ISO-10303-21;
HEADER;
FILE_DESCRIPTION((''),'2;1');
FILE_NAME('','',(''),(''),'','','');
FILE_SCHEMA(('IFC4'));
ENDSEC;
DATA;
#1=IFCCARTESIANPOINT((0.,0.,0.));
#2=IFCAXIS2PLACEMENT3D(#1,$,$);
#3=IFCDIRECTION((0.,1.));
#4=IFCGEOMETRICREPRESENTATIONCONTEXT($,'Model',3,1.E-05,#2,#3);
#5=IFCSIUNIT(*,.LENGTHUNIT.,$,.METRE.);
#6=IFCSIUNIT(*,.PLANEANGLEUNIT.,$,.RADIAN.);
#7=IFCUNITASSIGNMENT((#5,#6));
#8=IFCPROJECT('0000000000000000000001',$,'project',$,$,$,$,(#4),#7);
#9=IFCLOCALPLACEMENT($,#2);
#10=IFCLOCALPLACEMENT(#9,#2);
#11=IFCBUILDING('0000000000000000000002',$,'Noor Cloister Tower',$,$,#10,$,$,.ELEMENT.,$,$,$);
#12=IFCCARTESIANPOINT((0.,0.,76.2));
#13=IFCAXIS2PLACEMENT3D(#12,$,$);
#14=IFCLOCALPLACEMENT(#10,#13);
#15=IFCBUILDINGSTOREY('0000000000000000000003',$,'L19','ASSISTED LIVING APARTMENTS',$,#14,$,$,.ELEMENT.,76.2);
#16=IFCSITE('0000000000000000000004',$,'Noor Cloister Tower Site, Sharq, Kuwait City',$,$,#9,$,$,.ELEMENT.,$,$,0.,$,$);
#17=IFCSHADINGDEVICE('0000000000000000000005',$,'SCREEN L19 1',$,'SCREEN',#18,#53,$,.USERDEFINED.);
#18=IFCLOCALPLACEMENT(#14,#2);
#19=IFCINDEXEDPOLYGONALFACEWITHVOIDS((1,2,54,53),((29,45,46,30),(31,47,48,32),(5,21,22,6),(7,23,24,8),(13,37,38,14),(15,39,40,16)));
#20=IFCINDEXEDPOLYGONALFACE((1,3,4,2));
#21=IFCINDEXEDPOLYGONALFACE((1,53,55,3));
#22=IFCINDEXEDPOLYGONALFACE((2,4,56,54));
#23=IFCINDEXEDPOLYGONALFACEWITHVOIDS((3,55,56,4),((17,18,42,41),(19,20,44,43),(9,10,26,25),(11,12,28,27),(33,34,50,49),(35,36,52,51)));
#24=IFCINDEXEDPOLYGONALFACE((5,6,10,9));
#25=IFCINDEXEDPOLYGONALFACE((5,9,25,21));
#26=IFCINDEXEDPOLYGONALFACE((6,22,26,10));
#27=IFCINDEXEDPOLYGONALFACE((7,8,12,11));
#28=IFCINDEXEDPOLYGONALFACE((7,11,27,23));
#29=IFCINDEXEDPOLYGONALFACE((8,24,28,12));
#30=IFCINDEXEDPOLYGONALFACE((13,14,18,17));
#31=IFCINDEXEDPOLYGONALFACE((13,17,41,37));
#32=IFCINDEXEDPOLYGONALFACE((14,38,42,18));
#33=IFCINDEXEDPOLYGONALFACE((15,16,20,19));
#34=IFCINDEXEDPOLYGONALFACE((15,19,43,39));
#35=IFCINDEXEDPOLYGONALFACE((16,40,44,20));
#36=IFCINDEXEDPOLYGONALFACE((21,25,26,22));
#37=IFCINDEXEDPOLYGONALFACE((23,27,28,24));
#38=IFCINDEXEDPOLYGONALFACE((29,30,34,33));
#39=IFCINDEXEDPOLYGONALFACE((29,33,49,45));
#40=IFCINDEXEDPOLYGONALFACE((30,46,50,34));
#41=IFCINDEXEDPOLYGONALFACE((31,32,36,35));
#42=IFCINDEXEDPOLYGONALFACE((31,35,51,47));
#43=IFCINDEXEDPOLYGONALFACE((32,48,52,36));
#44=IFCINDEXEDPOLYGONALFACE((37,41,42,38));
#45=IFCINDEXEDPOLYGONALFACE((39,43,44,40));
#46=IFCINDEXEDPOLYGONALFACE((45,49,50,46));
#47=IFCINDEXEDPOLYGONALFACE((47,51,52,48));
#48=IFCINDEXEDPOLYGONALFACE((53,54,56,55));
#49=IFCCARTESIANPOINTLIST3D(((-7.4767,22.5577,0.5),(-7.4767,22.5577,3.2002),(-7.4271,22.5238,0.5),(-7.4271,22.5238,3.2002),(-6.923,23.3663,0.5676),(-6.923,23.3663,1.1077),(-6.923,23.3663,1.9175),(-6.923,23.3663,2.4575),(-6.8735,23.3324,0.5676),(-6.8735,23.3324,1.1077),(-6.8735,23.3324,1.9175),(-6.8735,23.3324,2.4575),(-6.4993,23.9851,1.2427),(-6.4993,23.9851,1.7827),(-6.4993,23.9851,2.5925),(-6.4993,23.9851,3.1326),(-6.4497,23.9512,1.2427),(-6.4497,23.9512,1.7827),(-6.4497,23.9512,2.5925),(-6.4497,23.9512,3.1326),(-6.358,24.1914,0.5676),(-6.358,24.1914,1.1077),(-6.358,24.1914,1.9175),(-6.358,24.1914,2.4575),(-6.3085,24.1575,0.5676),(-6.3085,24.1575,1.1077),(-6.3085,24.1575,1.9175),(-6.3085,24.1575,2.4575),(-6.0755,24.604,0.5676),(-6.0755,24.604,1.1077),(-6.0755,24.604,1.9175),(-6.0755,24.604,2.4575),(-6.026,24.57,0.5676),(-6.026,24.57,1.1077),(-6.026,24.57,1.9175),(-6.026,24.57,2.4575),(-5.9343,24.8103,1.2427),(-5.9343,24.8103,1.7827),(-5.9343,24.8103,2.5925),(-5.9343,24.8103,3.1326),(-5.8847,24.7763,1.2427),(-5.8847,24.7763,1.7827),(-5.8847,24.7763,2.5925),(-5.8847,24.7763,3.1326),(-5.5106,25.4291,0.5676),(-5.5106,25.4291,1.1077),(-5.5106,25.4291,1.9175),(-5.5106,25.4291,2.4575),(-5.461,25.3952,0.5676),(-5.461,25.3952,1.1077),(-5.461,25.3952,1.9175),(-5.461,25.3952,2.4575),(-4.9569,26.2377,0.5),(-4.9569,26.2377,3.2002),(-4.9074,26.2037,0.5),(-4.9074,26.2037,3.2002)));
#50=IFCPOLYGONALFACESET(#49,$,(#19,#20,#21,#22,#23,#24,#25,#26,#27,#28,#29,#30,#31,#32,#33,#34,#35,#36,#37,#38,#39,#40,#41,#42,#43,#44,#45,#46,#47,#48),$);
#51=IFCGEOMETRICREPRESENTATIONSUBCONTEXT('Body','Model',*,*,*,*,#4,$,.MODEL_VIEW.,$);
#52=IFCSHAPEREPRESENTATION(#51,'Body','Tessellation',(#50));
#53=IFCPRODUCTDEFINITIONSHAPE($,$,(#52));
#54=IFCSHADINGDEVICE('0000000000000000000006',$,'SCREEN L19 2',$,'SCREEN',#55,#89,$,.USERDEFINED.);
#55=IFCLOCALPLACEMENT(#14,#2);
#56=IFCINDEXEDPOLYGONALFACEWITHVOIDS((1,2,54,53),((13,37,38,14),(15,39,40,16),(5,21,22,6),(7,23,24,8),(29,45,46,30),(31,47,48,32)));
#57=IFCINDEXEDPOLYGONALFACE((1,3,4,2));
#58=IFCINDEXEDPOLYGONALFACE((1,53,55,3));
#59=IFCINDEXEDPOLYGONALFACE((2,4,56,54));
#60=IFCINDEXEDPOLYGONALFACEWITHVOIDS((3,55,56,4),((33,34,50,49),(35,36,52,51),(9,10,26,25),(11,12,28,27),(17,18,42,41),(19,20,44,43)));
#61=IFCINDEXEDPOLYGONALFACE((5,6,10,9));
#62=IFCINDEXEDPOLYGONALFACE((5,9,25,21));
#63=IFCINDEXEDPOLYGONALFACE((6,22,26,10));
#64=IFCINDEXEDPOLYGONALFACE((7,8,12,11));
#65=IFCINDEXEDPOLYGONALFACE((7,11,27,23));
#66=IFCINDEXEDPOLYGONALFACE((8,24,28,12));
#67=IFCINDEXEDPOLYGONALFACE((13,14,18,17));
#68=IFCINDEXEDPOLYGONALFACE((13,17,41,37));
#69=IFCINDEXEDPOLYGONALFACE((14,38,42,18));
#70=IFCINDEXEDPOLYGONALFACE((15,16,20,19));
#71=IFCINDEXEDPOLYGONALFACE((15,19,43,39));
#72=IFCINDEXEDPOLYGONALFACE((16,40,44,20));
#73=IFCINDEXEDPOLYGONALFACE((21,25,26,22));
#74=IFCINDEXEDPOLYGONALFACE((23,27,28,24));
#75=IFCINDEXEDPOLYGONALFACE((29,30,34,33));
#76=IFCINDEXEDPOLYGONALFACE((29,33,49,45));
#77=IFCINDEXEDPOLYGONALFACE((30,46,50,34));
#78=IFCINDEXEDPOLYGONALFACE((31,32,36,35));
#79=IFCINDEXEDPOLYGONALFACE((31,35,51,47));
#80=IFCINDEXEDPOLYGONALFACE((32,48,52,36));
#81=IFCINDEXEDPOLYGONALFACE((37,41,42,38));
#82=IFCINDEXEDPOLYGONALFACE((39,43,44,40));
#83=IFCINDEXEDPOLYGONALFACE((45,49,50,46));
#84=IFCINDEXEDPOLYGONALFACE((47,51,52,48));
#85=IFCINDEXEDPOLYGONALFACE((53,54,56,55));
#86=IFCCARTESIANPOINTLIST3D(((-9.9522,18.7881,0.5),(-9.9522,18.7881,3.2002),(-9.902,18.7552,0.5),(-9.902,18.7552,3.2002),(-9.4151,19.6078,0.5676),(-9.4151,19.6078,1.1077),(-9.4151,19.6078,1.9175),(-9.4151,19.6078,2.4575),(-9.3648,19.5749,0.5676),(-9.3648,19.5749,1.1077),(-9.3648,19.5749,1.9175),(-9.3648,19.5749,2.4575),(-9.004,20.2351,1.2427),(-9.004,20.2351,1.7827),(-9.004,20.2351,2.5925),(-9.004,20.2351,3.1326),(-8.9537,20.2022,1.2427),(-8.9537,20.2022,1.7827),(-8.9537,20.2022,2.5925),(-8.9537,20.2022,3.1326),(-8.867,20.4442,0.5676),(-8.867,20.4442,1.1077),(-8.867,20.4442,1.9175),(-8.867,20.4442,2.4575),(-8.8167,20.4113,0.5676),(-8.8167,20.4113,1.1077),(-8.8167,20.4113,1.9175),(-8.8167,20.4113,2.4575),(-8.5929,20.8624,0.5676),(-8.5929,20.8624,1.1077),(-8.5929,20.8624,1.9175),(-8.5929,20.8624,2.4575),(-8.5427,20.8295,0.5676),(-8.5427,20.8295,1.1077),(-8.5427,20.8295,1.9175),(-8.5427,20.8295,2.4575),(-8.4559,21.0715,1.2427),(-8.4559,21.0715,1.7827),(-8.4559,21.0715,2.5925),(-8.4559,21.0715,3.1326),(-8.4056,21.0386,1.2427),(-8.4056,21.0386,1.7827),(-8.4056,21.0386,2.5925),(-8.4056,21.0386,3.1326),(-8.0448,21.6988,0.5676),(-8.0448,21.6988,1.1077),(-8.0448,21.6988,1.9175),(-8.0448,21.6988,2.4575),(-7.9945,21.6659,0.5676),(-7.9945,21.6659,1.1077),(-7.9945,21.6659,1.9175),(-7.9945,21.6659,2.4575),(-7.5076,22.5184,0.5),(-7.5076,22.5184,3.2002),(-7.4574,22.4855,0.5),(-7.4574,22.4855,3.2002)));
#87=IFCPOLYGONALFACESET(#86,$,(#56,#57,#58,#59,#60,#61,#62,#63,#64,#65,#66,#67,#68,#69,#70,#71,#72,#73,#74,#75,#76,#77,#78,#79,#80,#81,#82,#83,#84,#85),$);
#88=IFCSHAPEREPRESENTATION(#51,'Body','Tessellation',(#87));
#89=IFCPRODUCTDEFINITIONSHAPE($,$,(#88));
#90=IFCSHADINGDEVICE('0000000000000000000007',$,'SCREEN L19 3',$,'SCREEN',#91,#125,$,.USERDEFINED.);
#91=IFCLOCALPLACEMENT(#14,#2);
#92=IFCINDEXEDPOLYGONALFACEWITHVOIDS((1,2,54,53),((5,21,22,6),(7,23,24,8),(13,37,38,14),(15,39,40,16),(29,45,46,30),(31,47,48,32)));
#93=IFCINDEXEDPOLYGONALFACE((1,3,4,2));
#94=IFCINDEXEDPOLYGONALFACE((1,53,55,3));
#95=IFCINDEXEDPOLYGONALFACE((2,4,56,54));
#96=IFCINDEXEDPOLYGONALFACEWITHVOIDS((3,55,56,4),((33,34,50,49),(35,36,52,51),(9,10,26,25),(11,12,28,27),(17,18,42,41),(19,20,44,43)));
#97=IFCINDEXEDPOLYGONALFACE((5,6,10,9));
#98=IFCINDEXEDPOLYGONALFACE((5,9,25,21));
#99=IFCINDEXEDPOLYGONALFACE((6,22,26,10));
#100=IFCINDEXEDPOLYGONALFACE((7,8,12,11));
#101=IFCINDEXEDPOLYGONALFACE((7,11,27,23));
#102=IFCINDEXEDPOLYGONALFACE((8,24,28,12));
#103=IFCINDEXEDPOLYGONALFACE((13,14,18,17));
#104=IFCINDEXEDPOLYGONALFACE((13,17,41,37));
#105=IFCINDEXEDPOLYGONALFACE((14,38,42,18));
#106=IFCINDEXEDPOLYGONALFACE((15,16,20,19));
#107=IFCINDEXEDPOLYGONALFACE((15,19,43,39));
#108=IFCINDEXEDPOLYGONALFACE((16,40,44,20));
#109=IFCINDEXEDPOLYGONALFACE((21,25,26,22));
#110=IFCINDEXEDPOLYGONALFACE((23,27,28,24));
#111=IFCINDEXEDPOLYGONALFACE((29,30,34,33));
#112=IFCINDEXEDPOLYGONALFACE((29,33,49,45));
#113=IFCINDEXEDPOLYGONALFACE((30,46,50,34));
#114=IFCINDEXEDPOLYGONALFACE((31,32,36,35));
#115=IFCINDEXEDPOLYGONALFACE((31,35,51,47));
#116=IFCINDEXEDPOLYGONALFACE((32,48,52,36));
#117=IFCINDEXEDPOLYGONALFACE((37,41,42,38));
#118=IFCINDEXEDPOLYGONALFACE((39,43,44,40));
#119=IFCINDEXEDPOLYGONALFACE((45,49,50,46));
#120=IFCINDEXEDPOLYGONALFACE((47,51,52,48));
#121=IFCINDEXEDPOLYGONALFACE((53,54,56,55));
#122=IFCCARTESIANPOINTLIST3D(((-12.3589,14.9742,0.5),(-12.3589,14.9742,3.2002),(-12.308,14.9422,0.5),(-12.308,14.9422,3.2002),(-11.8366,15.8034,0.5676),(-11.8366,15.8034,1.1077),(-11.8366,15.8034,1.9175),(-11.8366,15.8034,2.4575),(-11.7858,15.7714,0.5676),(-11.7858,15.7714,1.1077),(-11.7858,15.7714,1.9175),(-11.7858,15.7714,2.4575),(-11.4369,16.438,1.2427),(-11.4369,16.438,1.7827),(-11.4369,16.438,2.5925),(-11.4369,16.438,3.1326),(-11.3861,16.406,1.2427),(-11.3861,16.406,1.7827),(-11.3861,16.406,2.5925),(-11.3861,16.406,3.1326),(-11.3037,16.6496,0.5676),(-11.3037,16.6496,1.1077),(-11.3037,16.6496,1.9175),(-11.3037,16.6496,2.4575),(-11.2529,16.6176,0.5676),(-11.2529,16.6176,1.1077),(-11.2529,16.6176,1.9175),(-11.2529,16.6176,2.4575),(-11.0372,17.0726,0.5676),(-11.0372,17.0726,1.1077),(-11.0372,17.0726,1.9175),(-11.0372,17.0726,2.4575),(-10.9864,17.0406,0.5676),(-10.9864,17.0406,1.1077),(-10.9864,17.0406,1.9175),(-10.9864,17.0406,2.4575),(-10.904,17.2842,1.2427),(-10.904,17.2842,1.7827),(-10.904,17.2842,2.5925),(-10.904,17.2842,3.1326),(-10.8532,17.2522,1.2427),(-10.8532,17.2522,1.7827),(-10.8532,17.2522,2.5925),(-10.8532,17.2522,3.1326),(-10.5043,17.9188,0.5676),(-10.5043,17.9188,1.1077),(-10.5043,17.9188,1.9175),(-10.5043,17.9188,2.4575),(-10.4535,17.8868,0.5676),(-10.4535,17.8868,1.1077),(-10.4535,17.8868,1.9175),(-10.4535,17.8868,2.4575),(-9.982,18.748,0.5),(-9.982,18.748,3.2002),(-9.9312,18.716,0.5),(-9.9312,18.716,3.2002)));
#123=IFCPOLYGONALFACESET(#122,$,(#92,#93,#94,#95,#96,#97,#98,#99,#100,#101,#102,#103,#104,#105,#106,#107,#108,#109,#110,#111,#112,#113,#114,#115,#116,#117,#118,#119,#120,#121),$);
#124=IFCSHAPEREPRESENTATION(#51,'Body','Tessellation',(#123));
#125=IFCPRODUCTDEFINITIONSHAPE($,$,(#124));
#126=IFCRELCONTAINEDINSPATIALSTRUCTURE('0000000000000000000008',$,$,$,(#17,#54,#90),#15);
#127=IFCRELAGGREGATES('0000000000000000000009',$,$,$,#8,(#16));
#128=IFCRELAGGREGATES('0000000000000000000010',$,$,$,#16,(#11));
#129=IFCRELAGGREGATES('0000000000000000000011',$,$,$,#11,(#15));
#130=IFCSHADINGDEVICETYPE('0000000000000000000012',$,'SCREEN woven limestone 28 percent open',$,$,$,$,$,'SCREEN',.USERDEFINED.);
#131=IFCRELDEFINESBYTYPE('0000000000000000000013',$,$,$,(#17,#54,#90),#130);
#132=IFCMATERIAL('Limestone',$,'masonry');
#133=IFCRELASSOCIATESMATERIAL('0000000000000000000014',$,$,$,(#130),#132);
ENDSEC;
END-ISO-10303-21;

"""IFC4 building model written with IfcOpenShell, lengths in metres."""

from ifc_helpers import new_model, si_unit, direction, frame, origin, place, context, subcontext, project, spatial, polyline, outline, extrude, material, material_profile, profile_set, type_object, element, save


model = new_model("IFC4")

# Units and contexts
model_context = context("Model", 3, precision=1e-05, world=origin(), true_north=direction((0.0, 1.0)))
body_context = subcontext(model_context, "Body", "Model", "MODEL_VIEW")
ifc_project = project(units=[si_unit("LENGTHUNIT", "METRE"), si_unit("PLANEANGLEUNIT", "RADIAN")], contexts=[model_context])

# Site, building, storey
site_placement = place(None, origin())
site = spatial("IfcSite", under=ifc_project, at=site_placement, Name="Noor Cloister Tower Site, Sharq, Kuwait City", CompositionType="ELEMENT", RefElevation=0.0)
building_placement = place(site_placement, origin())
building = spatial("IfcBuilding", under=site, at=building_placement, Name="Noor Cloister Tower", CompositionType="ELEMENT")
storey_placement = place(building_placement, frame((0.0, 0.0, 76.2)))
storey = spatial("IfcBuildingStorey", under=building, at=storey_placement, Name="L19", Description="ASSISTED LIVING APARTMENTS", CompositionType="ELEMENT", Elevation=76.2)

# Shading devices
ifc_material_1 = material(Name="Limestone", Category="masonry")
ifc_material_profile_1 = material_profile(ifc_material_1, outline(polyline([(-2.23, -1.3501), (2.23, -1.3501), (2.23, 1.3501), (-2.23, 1.3501), (-2.23, -1.3501)]), holes=[polyline([(-1.25, -1.2825), (-0.25, -1.2825), (-0.25, -0.7424), (-1.25, -0.7424), (-1.25, -1.2825)]), polyline([(0.25, -1.2825), (1.25, -1.2825), (1.25, -0.7424), (0.25, -0.7424), (0.25, -1.2825)]), polyline([(-0.5, -0.6074), (0.5, -0.6074), (0.5, -0.0674), (-0.5, -0.0674), (-0.5, -0.6074)]), polyline([(-1.25, 0.0674), (-0.25, 0.0674), (-0.25, 0.6074), (-1.25, 0.6074), (-1.25, 0.0674)]), polyline([(0.25, 0.0674), (1.25, 0.0674), (1.25, 0.6074), (0.25, 0.6074), (0.25, 0.0674)]), polyline([(-0.5, 0.7424), (0.5, 0.7424), (0.5, 1.2825), (-0.5, 1.2825), (-0.5, 0.7424)])]), Name="Woven screen 28 percent open")
ifc_profile_set_1 = profile_set([ifc_material_profile_1], Name="Limestone")
shading_device_type = type_object("IfcShadingDeviceType", Name="SCREEN woven limestone 28 percent open", ElementType="SCREEN", PredefinedType="USERDEFINED", material=ifc_profile_set_1)
for number, where, z_axis, x_axis, name in (
    (1, (-6.1672, 24.3638, 1.8501), (-0.825108, 0.564975, 0.0), (-0.564975, -0.825108, 0.0), "SCREEN L19 1"),
    (2, (-8.6797, 20.6204, 1.8501), (-0.836397, 0.548124, 0.0), (-0.548124, -0.836397, 0.0), "SCREEN L19 2"),
    (3, (-11.1196, 16.8291, 1.8501), (-0.846165, 0.532921, 0.0), (-0.532921, -0.846165, 0.0), "SCREEN L19 3"),
):
    element("IfcShadingDevice", number, at=place(storey_placement, frame(where, z_axis=z_axis, x_axis=x_axis)), inside=storey, type_object=shading_device_type, Name=name, ObjectType="SCREEN", PredefinedType="USERDEFINED", context=body_context, shape_type="SweptSolid", body=[
        extrude(outline(polyline([(-2.23, -1.3501), (2.23, -1.3501), (2.23, 1.3501), (-2.23, 1.3501), (-2.23, -1.3501)]), holes=[polyline([(-1.25, -1.2825), (-0.25, -1.2825), (-0.25, -0.7424), (-1.25, -0.7424), (-1.25, -1.2825)]), polyline([(0.25, -1.2825), (1.25, -1.2825), (1.25, -0.7424), (0.25, -0.7424), (0.25, -1.2825)]), polyline([(-0.5, -0.6074), (0.5, -0.6074), (0.5, -0.0674), (-0.5, -0.0674), (-0.5, -0.6074)]), polyline([(-1.25, 0.0674), (-0.25, 0.0674), (-0.25, 0.6074), (-1.25, 0.6074), (-1.25, 0.0674)]), polyline([(0.25, 0.0674), (1.25, 0.0674), (1.25, 0.6074), (0.25, 0.6074), (0.25, 0.0674)]), polyline([(-0.5, 0.7424), (0.5, 0.7424), (0.5, 1.2825), (-0.5, 1.2825), (-0.5, 0.7424)])]), origin(), (0.0, 0.0, 1.0), 0.0601),
    ])

save(model, "model.ifc")
